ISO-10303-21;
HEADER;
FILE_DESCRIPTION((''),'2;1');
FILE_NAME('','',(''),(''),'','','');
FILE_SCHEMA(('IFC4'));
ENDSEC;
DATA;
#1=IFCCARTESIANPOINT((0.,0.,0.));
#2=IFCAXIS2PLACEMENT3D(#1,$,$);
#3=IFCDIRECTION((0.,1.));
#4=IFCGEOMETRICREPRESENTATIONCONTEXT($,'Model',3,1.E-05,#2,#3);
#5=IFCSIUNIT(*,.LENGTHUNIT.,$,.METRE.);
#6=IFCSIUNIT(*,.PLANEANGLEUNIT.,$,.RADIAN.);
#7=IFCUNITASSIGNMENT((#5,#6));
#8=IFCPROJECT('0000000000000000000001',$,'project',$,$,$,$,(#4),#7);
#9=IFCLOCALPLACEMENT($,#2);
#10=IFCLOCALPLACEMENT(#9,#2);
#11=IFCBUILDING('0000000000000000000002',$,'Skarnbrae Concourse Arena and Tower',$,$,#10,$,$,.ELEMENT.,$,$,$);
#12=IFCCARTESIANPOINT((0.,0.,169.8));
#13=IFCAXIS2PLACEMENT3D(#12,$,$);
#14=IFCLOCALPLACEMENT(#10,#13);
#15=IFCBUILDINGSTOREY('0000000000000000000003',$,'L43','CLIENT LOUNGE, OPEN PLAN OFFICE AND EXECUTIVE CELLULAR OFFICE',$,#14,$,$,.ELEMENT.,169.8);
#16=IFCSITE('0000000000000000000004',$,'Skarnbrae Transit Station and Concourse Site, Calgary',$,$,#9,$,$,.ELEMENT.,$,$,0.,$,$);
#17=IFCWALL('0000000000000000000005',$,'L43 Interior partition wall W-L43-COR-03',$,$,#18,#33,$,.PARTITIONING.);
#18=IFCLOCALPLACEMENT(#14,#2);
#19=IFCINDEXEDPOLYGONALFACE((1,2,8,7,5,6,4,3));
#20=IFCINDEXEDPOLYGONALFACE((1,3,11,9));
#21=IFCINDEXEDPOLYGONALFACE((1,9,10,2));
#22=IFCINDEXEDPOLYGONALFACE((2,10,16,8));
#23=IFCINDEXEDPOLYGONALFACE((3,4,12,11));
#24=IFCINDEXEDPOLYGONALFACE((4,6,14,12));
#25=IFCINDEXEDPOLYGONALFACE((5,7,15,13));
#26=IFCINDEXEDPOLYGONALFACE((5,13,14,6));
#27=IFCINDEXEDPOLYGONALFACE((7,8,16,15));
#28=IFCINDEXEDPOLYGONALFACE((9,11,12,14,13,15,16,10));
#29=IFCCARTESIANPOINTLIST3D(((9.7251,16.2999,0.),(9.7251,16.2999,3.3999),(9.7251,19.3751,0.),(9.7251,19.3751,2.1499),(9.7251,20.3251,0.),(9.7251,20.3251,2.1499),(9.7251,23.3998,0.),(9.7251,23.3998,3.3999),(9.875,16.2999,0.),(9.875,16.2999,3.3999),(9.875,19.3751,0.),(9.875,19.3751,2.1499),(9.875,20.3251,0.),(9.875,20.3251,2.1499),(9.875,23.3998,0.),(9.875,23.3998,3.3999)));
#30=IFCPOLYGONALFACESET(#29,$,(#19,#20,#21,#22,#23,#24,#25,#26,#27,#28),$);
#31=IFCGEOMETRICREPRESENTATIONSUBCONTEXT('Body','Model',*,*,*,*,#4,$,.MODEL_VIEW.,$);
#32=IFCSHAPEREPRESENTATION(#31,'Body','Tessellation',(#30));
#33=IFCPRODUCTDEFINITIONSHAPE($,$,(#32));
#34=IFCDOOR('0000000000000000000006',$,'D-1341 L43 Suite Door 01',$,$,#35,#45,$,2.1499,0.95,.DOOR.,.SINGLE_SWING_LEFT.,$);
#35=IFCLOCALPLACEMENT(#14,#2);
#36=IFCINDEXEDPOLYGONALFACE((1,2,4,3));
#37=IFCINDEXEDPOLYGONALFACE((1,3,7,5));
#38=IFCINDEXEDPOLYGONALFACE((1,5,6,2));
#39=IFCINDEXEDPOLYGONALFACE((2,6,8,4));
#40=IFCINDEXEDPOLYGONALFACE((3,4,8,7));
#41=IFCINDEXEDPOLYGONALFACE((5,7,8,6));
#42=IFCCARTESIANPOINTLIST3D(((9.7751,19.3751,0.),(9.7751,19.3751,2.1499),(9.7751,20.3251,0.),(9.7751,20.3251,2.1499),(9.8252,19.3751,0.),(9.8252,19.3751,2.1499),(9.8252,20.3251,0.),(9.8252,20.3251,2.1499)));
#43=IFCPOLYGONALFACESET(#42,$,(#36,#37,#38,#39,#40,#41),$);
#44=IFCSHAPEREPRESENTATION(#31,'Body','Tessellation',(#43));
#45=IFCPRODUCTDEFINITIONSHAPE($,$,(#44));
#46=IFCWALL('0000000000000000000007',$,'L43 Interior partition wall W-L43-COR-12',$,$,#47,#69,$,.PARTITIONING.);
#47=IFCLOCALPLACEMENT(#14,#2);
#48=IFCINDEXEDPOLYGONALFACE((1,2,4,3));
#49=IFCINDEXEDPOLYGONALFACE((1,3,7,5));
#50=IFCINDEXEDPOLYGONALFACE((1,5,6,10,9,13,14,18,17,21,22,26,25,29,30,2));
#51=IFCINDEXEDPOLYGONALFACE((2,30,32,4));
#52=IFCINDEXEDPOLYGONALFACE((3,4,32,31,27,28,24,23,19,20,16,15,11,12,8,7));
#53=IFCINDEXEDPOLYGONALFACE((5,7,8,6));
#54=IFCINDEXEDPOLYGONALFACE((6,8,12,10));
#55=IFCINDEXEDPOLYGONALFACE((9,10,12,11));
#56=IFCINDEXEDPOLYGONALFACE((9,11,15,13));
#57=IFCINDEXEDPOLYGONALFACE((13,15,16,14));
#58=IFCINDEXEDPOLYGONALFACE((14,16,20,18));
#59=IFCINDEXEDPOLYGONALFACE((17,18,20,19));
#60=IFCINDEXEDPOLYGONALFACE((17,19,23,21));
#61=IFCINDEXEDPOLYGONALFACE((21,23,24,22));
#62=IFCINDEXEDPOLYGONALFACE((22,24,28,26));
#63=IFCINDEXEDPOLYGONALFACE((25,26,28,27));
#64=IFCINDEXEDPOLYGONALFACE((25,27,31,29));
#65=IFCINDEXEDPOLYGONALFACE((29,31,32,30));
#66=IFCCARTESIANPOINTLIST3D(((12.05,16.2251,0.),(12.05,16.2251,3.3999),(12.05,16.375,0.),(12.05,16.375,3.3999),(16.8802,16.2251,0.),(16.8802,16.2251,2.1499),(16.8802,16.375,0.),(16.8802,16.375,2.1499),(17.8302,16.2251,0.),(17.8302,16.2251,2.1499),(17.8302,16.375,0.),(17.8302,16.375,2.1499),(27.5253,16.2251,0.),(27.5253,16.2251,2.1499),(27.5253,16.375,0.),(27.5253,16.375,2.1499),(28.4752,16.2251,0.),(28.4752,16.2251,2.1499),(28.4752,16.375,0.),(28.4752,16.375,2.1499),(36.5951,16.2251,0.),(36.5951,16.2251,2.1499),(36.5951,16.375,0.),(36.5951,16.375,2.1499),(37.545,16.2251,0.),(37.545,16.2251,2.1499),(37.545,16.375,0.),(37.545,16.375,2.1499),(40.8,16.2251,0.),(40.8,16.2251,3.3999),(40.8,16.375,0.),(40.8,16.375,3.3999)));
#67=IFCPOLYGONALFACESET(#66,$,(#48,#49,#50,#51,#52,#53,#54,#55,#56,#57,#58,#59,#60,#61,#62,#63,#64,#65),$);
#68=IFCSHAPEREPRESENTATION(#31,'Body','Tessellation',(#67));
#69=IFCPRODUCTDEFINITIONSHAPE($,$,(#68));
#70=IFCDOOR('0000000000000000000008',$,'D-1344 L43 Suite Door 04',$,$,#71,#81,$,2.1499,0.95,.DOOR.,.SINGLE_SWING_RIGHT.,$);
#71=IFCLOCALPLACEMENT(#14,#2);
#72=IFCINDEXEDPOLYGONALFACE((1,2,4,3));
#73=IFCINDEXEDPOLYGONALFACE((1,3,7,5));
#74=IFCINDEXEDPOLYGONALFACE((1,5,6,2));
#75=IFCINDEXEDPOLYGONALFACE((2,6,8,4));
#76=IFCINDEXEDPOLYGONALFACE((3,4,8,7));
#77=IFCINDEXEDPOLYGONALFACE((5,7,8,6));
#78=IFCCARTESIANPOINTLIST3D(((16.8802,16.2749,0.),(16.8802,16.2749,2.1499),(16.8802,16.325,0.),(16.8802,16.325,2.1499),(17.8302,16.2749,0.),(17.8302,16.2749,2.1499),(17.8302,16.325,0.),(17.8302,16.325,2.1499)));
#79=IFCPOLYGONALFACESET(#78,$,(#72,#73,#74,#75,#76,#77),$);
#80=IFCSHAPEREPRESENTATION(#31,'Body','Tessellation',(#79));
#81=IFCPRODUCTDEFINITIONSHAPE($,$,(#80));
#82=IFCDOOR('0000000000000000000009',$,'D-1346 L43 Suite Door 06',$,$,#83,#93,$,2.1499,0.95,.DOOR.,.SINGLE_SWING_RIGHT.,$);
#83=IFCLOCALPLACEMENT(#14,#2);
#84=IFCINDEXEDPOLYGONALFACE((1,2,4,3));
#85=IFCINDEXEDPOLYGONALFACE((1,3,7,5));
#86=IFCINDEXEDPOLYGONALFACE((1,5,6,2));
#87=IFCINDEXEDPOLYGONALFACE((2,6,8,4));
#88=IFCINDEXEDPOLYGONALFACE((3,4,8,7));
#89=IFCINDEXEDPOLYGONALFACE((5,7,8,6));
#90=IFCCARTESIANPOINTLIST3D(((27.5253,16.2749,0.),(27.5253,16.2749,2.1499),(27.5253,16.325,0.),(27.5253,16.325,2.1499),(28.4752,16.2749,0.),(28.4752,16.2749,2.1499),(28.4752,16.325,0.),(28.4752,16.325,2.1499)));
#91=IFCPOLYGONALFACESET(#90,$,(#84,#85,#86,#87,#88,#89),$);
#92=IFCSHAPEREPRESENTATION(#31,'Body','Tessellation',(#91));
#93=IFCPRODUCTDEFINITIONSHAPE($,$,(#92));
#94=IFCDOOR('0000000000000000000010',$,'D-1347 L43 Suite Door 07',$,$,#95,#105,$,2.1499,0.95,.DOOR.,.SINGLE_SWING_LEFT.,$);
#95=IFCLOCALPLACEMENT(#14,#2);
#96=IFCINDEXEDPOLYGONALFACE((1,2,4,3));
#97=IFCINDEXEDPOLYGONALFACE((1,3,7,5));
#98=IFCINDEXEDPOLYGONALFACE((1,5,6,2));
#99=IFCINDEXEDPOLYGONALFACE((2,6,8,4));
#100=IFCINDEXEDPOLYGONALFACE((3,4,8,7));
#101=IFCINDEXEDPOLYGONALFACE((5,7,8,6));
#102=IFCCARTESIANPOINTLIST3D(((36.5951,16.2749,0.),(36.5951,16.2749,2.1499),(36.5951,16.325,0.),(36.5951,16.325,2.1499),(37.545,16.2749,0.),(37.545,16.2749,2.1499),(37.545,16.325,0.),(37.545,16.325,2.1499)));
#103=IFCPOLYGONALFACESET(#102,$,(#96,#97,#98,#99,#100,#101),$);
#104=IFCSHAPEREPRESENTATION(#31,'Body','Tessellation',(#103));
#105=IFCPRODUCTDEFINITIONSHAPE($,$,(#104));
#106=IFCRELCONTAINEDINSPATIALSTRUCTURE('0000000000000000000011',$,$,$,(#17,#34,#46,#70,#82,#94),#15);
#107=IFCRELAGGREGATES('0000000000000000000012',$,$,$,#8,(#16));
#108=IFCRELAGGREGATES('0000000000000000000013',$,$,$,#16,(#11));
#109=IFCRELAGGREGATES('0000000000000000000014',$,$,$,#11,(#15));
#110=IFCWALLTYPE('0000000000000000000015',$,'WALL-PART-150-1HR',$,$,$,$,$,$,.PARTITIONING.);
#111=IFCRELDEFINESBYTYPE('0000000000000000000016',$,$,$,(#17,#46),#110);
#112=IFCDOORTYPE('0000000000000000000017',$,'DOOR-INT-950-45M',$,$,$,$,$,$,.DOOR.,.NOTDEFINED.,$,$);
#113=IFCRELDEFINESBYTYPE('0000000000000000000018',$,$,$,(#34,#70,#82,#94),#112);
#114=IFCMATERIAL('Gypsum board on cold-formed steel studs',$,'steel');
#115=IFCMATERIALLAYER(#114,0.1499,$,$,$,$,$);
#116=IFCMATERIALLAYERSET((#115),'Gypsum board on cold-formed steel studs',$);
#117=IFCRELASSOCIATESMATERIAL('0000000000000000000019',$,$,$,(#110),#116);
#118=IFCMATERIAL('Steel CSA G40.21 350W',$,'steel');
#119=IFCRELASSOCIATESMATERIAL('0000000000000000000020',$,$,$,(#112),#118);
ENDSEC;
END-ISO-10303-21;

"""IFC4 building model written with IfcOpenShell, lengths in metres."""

from ifc_helpers import new_model, si_unit, direction, frame, frame_2d, origin, place, context, subcontext, project, spatial, rectangle, extrude, source, transform, mapped, material, layer, layer_set, type_object, element, fill, save


model = new_model("IFC4")

# Units and contexts
model_context = context("Model", 3, precision=1e-05, world=origin(), true_north=direction((0.0, 1.0)))
body_context = subcontext(model_context, "Body", "Model", "MODEL_VIEW")
ifc_project = project(units=[si_unit("LENGTHUNIT", "METRE"), si_unit("PLANEANGLEUNIT", "RADIAN")], contexts=[model_context])

# Site, building, storey
site_placement = place(None, origin())
site = spatial("IfcSite", under=ifc_project, at=site_placement, Name="Skarnbrae Transit Station and Concourse Site, Calgary", CompositionType="ELEMENT", RefElevation=0.0)
building_placement = place(site_placement, origin())
building = spatial("IfcBuilding", under=site, at=building_placement, Name="Skarnbrae Concourse Arena and Tower", CompositionType="ELEMENT")
storey_placement = place(building_placement, frame((0.0, 0.0, 169.8)))
storey = spatial("IfcBuildingStorey", under=building, at=storey_placement, Name="L43", Description="CLIENT LOUNGE, OPEN PLAN OFFICE AND EXECUTIVE CELLULAR OFFICE", CompositionType="ELEMENT", Elevation=169.8)

# Shared definitions
ifc_material_1 = material(Name="Steel CSA G40.21 350W", Category="steel")

# Wall, opening, door
ifc_material_2 = material(Name="Gypsum board on cold-formed steel studs", Category="steel")
ifc_layer_1 = layer(ifc_material_2, 0.1499)
ifc_layer_set_1 = layer_set([ifc_layer_1], Name="Gypsum board on cold-formed steel studs")
wall_type_1 = type_object("IfcWallType", Name="WALL-PART-150-1HR", PredefinedType="PARTITIONING", material=ifc_layer_set_1)
shared_shape_1 = source(origin(), body_context, "Body", "SweptSolid", [
    extrude(rectangle(XDim=7.0999, YDim=0.1499, at=frame_2d((3.5498, 0.0))), origin(), (0.0, 0.0, 1.0), 3.3999),
])
wall_1_placement = place(storey_placement, frame((9.8, 16.3, 0.0), z_axis=(0.0, 0.0, 1.0), x_axis=(0.0, 1.0, 0.0)))
wall_1 = element("IfcWall", 1, at=wall_1_placement, inside=storey, type_object=wall_type_1, Name="L43 Interior partition wall W-L43-COR-03", PredefinedType="PARTITIONING", context=body_context, shape_type="MappedRepresentation", body=[
    mapped(shared_shape_1, transform((0.0, 0.0, 0.0))),
])
opening_1_placement = place(wall_1_placement, frame((3.075, 0.0, 0.0)))
opening_1 = element("IfcOpeningElement", 2, at=opening_1_placement, cuts=wall_1, PredefinedType="OPENING", context=body_context, shape_type="SweptSolid", body=[
    extrude(rectangle(XDim=0.95, YDim=2.1499, at=frame_2d((0.4751, 1.075))), frame((0.0, 0.085, 0.0), z_axis=(0.0, -1.0, 0.0), x_axis=(1.0, 0.0, 0.0)), (0.0, 0.0, 1.0), 0.1699),
])
door_type_1 = type_object("IfcDoorType", Name="DOOR-INT-950-45M", OperationType="NOTDEFINED", PredefinedType="DOOR", material=ifc_material_1)
shared_shape_2 = source(origin(), body_context, "Body", "SweptSolid", [
    extrude(rectangle(XDim=0.95, YDim=2.1499, at=frame_2d((0.4751, 1.075))), frame((0.0, 0.0249, 0.0), z_axis=(0.0, -1.0, 0.0), x_axis=(1.0, 0.0, 0.0)), (0.0, 0.0, 1.0), 0.05),
])
door_1_placement = place(opening_1_placement, origin())
door_1 = element("IfcDoor", 3, at=door_1_placement, inside=storey, type_object=door_type_1, Name="D-1341 L43 Suite Door 01", OperationType="SINGLE_SWING_LEFT", OverallHeight=2.1499, OverallWidth=0.95, PredefinedType="DOOR", context=body_context, shape_type="MappedRepresentation", body=[
    mapped(shared_shape_2, transform((0.0, 0.0, 0.0))),
])
fill(opening_1, door_1)

# Wall, openings, doors
shared_shape_3 = source(origin(), body_context, "Body", "SweptSolid", [
    extrude(rectangle(XDim=28.75, YDim=0.1499, at=frame_2d((14.375, 0.0))), origin(), (0.0, 0.0, 1.0), 3.3999),
])
wall_2_placement = place(storey_placement, frame((12.05, 16.3, 0.0), z_axis=(0.0, 0.0, 1.0), x_axis=(1.0, 0.0, 0.0)))
wall_2 = element("IfcWall", 4, at=wall_2_placement, inside=storey, type_object=wall_type_1, Name="L43 Interior partition wall W-L43-COR-12", PredefinedType="PARTITIONING", context=body_context, shape_type="MappedRepresentation", body=[
    mapped(shared_shape_3, transform((0.0, 0.0, 0.0))),
])
opening_2_placement = place(wall_2_placement, frame((4.8301, 0.0, 0.0)))
opening_2 = element("IfcOpeningElement", 5, at=opening_2_placement, cuts=wall_2, PredefinedType="OPENING", context=body_context, shape_type="SweptSolid", body=[
    extrude(rectangle(XDim=0.95, YDim=2.1499, at=frame_2d((0.4751, 1.075))), frame((0.0, 0.085, 0.0), z_axis=(0.0, -1.0, 0.0), x_axis=(1.0, 0.0, 0.0)), (0.0, 0.0, 1.0), 0.1699),
])
opening_3_placement = place(wall_2_placement, frame((15.4751, 0.0, 0.0)))
opening_3 = element("IfcOpeningElement", 6, at=opening_3_placement, cuts=wall_2, PredefinedType="OPENING", context=body_context, shape_type="SweptSolid", body=[
    extrude(rectangle(XDim=0.95, YDim=2.1499, at=frame_2d((0.4751, 1.075))), frame((0.0, 0.085, 0.0), z_axis=(0.0, -1.0, 0.0), x_axis=(1.0, 0.0, 0.0)), (0.0, 0.0, 1.0), 0.1699),
])
opening_4_placement = place(wall_2_placement, frame((24.5449, 0.0, 0.0)))
opening_4 = element("IfcOpeningElement", 7, at=opening_4_placement, cuts=wall_2, PredefinedType="OPENING", context=body_context, shape_type="SweptSolid", body=[
    extrude(rectangle(XDim=0.95, YDim=2.1499, at=frame_2d((0.4751, 1.075))), frame((0.0, 0.085, 0.0), z_axis=(0.0, -1.0, 0.0), x_axis=(1.0, 0.0, 0.0)), (0.0, 0.0, 1.0), 0.1699),
])
door_2_placement = place(opening_2_placement, origin())
door_2 = element("IfcDoor", 8, at=door_2_placement, inside=storey, type_object=door_type_1, Name="D-1344 L43 Suite Door 04", OperationType="SINGLE_SWING_RIGHT", OverallHeight=2.1499, OverallWidth=0.95, PredefinedType="DOOR", context=body_context, shape_type="MappedRepresentation", body=[
    mapped(shared_shape_2, transform((0.0, 0.0, 0.0))),
])
fill(opening_2, door_2)
door_3_placement = place(opening_3_placement, origin())
door_3 = element("IfcDoor", 9, at=door_3_placement, inside=storey, type_object=door_type_1, Name="D-1346 L43 Suite Door 06", OperationType="SINGLE_SWING_RIGHT", OverallHeight=2.1499, OverallWidth=0.95, PredefinedType="DOOR", context=body_context, shape_type="MappedRepresentation", body=[
    mapped(shared_shape_2, transform((0.0, 0.0, 0.0))),
])
fill(opening_3, door_3)
door_4_placement = place(opening_4_placement, origin())
door_4 = element("IfcDoor", 10, at=door_4_placement, inside=storey, type_object=door_type_1, Name="D-1347 L43 Suite Door 07", OperationType="SINGLE_SWING_LEFT", OverallHeight=2.1499, OverallWidth=0.95, PredefinedType="DOOR", context=body_context, shape_type="MappedRepresentation", body=[
    mapped(shared_shape_2, transform((0.0, 0.0, 0.0))),
])
fill(opening_4, door_4)

save(model, "model.ifc")
